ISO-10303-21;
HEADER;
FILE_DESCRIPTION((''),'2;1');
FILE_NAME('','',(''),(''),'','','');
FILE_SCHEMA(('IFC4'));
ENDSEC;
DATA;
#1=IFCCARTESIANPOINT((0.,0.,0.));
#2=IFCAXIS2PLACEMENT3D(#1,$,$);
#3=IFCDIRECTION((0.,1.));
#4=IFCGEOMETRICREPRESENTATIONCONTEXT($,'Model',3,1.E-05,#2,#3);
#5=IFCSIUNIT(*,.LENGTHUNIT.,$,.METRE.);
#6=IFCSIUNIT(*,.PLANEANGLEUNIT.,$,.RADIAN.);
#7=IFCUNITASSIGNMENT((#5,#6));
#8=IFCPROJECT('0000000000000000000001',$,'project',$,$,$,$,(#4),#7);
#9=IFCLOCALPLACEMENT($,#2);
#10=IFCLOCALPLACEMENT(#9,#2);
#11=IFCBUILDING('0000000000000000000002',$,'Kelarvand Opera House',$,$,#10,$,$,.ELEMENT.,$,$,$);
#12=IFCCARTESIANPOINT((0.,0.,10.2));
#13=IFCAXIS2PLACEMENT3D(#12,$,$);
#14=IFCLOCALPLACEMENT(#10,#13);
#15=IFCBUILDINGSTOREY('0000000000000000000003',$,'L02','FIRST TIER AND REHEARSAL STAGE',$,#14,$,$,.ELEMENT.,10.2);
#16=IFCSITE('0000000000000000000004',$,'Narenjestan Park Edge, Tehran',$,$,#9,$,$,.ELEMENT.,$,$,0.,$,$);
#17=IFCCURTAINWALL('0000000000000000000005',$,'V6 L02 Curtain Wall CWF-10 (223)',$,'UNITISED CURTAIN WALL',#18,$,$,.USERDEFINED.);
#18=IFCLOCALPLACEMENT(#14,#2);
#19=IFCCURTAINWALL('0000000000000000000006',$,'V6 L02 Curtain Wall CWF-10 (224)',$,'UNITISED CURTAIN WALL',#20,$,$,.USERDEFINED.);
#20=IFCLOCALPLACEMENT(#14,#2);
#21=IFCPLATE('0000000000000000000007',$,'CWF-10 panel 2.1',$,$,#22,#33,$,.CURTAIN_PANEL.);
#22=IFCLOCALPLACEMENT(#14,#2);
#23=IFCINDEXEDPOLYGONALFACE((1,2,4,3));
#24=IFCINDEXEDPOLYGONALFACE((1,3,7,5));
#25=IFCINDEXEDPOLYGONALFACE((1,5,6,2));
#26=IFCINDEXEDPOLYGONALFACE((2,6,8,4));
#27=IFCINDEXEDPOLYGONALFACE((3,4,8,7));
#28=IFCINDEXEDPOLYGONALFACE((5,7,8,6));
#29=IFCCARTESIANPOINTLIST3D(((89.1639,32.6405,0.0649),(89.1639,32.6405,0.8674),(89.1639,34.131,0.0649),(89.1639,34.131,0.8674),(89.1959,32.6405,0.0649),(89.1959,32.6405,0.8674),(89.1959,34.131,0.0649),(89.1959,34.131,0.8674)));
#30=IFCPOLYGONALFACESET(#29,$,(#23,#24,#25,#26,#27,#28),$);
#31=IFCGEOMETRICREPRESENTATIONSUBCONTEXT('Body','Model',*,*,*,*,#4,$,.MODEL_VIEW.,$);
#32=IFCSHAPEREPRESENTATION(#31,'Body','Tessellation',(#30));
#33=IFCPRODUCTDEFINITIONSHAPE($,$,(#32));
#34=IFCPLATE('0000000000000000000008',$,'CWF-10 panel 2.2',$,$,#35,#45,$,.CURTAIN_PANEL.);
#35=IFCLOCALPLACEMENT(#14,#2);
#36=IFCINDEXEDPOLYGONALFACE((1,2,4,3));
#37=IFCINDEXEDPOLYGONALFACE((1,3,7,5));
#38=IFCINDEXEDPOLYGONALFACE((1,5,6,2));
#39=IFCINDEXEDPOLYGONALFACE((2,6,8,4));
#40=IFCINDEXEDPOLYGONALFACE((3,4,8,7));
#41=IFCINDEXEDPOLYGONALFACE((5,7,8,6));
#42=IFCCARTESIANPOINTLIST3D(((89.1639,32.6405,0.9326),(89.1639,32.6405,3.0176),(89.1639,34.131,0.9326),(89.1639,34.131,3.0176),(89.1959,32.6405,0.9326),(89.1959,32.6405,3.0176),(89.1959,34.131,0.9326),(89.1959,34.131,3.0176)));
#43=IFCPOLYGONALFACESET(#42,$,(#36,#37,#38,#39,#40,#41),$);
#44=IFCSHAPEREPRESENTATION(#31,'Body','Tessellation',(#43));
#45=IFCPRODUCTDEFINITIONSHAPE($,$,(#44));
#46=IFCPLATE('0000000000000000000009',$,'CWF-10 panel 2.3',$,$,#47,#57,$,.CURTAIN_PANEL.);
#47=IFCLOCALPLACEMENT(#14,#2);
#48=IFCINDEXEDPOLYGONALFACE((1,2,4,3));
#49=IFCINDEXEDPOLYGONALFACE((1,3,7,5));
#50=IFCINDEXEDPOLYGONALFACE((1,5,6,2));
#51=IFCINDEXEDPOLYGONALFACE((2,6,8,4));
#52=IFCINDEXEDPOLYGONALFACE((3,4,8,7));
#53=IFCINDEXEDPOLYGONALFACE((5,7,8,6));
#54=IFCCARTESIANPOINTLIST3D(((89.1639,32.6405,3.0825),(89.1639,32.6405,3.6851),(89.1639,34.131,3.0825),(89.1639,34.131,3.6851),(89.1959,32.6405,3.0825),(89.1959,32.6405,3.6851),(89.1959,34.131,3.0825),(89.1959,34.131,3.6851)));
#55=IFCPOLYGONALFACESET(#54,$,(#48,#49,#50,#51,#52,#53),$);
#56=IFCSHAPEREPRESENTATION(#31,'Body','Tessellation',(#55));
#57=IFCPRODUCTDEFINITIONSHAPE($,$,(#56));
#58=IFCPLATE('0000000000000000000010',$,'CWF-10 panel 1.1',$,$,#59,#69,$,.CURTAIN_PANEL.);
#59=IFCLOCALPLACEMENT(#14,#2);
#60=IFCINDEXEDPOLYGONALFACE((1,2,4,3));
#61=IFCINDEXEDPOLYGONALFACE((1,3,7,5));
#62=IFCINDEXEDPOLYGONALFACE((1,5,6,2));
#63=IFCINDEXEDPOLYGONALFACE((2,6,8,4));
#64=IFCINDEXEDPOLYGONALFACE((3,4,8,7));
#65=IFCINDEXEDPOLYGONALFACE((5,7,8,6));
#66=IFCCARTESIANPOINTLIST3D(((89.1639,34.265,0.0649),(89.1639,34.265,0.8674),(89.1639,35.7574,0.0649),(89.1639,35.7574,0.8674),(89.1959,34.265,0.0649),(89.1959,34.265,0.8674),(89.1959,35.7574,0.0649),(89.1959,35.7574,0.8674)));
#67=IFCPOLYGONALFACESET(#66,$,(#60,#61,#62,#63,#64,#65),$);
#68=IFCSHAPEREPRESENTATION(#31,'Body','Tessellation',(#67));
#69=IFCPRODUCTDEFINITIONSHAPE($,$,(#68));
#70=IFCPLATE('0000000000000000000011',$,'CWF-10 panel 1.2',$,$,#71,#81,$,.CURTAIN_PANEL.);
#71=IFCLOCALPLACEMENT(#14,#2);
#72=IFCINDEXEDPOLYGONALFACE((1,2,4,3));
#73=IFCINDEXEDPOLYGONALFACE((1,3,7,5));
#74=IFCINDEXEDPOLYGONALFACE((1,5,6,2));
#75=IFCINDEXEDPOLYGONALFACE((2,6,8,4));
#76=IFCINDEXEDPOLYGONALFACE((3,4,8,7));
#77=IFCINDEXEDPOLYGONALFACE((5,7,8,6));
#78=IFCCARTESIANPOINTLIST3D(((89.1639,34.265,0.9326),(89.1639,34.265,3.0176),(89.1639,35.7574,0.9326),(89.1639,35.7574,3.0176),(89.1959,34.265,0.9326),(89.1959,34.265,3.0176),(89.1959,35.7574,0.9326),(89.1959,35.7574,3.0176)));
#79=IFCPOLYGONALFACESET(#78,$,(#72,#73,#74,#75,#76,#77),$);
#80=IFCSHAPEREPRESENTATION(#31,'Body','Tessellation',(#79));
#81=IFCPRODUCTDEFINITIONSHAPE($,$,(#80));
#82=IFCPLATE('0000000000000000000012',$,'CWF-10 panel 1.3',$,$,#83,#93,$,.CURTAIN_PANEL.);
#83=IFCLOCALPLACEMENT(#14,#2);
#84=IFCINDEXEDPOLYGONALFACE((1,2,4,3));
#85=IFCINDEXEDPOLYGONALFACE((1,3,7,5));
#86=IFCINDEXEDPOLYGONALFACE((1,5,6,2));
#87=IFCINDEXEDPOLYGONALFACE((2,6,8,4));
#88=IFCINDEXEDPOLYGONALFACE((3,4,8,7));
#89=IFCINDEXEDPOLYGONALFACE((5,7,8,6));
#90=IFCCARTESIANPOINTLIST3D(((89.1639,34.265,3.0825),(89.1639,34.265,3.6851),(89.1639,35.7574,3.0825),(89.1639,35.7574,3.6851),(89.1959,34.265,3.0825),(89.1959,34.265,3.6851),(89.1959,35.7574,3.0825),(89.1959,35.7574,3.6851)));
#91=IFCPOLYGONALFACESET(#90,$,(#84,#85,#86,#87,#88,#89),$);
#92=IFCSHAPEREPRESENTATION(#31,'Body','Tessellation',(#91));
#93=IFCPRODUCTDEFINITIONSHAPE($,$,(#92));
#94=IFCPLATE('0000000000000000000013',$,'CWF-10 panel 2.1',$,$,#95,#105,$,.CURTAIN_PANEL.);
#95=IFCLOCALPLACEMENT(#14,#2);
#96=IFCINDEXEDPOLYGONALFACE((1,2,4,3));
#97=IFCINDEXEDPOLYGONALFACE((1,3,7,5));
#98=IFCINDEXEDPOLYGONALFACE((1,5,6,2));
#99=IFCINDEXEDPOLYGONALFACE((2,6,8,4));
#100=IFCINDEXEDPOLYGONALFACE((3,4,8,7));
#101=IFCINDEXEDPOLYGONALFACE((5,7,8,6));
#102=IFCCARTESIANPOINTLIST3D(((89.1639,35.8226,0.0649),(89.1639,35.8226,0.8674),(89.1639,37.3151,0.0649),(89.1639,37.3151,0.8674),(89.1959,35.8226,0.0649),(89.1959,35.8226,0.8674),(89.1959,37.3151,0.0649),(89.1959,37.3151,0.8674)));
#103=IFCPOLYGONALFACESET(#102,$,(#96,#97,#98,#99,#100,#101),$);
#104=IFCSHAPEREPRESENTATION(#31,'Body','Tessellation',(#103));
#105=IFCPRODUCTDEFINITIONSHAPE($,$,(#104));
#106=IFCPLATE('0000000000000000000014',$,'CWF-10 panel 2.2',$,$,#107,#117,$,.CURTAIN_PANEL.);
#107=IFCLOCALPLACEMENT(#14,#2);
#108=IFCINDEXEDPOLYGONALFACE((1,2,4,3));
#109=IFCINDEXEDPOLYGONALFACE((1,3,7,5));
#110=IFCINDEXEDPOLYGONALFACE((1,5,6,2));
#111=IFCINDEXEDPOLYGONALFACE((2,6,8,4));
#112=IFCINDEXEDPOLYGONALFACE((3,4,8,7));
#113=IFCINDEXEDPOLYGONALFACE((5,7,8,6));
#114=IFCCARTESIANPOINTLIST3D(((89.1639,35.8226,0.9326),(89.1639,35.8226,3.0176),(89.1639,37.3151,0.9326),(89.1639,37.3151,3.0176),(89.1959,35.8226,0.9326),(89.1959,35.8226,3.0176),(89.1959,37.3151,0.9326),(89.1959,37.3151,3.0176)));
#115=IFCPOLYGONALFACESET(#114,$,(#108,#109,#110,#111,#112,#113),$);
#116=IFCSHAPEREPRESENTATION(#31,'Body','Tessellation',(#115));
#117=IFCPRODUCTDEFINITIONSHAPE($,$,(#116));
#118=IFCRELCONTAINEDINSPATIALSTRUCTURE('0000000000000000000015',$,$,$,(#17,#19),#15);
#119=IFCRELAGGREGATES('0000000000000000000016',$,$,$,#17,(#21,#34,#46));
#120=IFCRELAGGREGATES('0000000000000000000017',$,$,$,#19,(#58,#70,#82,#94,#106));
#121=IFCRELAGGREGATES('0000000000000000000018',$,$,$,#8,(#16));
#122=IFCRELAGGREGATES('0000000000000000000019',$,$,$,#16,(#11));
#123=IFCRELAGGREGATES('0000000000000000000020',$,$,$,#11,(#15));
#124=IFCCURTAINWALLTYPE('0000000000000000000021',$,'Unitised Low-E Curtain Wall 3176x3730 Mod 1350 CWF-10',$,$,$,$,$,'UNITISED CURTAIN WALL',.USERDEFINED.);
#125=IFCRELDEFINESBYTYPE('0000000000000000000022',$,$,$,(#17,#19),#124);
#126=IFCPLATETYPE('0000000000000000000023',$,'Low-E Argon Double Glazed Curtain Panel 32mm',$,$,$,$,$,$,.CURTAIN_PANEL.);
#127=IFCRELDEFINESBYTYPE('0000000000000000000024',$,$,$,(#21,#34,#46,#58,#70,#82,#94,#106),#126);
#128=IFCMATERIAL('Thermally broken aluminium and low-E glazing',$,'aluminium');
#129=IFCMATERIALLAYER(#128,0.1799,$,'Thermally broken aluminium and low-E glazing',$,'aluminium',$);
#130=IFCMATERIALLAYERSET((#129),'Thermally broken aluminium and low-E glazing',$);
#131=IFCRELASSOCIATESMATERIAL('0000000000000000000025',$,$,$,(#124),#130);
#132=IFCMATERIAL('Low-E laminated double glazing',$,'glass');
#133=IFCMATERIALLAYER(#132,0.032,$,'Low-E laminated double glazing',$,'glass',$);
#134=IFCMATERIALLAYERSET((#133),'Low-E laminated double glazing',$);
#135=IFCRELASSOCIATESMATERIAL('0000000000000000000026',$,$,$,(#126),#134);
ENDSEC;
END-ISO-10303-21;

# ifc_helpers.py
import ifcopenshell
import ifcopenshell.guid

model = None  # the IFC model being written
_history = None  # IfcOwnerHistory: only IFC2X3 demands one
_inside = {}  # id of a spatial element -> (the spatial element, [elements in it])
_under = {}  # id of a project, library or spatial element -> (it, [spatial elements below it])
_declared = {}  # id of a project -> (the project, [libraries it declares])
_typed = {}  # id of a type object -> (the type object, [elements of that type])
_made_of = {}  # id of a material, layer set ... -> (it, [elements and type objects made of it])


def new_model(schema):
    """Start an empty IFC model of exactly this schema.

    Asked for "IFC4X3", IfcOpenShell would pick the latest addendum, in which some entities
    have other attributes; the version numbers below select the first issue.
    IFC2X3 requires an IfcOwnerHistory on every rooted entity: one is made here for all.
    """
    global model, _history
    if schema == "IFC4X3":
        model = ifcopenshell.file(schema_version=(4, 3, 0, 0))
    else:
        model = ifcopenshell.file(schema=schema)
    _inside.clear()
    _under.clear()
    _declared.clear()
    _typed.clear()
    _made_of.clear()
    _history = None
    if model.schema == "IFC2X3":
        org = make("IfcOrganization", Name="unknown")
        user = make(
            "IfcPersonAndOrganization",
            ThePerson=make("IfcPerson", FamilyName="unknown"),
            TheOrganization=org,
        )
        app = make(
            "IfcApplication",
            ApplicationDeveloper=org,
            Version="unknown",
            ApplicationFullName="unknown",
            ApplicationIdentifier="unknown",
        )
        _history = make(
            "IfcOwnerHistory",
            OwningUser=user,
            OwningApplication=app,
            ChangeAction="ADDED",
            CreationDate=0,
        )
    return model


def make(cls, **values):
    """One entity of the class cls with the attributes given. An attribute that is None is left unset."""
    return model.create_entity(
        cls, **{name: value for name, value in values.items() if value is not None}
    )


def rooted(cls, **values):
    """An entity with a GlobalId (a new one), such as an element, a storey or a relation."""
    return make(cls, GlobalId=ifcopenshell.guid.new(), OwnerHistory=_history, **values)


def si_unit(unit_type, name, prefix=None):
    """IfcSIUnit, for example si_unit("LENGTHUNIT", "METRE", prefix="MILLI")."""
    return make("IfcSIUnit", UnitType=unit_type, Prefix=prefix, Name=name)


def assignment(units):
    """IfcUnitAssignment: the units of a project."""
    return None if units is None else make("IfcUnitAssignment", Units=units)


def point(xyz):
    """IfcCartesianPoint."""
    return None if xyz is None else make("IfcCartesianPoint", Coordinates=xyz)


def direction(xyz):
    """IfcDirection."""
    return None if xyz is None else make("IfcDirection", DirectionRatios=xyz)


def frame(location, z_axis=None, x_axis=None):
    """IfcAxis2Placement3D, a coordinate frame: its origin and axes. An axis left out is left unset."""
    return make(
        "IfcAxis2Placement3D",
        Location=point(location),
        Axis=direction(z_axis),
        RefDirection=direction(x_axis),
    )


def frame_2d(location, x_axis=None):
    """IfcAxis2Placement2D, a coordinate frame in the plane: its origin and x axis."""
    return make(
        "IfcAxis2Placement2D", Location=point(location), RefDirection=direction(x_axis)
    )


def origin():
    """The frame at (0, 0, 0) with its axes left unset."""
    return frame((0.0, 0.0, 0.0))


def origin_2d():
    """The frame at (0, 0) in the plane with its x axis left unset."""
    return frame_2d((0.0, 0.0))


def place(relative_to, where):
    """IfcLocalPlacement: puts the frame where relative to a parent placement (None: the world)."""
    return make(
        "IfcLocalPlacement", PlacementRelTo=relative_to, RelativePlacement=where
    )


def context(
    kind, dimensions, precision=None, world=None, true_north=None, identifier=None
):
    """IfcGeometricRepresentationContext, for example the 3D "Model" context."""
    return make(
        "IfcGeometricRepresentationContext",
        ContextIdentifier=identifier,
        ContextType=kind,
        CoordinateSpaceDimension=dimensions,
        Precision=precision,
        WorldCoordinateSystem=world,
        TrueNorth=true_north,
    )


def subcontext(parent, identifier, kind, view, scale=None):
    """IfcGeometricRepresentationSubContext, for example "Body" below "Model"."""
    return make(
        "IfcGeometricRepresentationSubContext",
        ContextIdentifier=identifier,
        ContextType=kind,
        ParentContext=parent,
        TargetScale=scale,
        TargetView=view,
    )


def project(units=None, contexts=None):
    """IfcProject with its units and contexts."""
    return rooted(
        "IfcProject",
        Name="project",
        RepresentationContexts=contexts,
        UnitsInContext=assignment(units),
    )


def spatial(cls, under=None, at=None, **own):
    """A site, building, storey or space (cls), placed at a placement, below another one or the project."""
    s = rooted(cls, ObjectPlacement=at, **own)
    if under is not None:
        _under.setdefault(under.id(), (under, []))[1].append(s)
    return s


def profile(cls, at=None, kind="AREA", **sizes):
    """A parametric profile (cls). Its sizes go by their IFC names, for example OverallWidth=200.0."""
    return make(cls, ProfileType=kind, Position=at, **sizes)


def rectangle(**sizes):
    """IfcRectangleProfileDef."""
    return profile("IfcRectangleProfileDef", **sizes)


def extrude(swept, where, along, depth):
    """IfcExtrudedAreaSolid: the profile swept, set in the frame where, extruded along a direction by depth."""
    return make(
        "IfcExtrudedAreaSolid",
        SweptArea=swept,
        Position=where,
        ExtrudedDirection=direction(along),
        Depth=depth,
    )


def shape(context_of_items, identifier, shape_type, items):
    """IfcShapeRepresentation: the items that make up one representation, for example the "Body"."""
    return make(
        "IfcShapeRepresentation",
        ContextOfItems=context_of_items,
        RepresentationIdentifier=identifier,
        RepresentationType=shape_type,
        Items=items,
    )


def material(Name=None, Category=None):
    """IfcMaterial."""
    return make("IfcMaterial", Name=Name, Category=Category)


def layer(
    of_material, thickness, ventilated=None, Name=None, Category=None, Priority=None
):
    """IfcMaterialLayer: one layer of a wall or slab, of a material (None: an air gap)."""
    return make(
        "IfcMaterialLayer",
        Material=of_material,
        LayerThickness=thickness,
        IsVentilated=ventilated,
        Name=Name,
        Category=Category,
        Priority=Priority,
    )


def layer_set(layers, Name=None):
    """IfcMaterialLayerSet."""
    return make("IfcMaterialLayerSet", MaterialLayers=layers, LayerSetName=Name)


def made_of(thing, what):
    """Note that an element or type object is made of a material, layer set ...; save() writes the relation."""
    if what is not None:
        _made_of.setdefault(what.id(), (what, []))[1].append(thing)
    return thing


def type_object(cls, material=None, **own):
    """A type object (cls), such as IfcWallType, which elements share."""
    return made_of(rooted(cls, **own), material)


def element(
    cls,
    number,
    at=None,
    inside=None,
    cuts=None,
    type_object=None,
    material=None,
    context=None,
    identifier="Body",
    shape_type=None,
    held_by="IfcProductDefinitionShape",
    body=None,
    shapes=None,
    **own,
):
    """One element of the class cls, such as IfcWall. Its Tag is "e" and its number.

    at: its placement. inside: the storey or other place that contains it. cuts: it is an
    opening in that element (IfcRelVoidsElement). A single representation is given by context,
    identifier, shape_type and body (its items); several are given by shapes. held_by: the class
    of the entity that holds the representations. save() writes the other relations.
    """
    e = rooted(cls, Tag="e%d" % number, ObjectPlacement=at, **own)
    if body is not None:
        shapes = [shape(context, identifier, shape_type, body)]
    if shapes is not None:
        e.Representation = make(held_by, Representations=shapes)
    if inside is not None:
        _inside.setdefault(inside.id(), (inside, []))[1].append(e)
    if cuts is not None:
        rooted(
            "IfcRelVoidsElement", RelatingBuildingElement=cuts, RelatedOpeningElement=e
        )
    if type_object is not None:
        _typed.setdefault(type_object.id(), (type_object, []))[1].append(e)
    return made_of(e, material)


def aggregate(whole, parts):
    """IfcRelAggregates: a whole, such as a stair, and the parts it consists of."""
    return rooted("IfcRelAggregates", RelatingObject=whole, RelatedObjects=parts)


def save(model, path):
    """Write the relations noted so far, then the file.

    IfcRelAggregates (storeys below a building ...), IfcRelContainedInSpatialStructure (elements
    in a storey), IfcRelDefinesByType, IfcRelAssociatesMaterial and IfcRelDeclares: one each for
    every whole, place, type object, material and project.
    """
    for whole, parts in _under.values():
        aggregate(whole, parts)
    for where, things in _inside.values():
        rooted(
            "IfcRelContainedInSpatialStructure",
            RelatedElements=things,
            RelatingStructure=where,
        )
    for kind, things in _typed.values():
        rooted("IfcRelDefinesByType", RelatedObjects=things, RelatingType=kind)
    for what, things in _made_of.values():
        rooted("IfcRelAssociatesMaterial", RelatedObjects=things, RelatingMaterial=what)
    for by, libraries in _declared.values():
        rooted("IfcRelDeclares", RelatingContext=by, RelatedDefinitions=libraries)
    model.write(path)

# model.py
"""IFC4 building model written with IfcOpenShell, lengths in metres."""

from ifc_helpers import new_model, si_unit, direction, frame, origin, origin_2d, place, context, subcontext, project, spatial, rectangle, extrude, material, layer, layer_set, type_object, element, aggregate, save


model = new_model("IFC4")

# Units and contexts
model_context = context("Model", 3, precision=1e-05, world=origin(), true_north=direction((0.0, 1.0)))
body_context = subcontext(model_context, "Body", "Model", "MODEL_VIEW")
ifc_project = project(units=[si_unit("LENGTHUNIT", "METRE"), si_unit("PLANEANGLEUNIT", "RADIAN")], contexts=[model_context])

# Site, building, storey
site_placement = place(None, origin())
site = spatial("IfcSite", under=ifc_project, at=site_placement, Name="Narenjestan Park Edge, Tehran", CompositionType="ELEMENT", RefElevation=0.0)
building_placement = place(site_placement, origin())
building = spatial("IfcBuilding", under=site, at=building_placement, Name="Kelarvand Opera House", CompositionType="ELEMENT")
storey_placement = place(building_placement, frame((0.0, 0.0, 10.2)))
storey = spatial("IfcBuildingStorey", under=building, at=storey_placement, Name="L02", Description="FIRST TIER AND REHEARSAL STAGE", CompositionType="ELEMENT", Elevation=10.2)

# Curtain wall
ifc_material_1 = material(Name="Thermally broken aluminium and low-E glazing", Category="aluminium")
ifc_layer_1 = layer(ifc_material_1, 0.1799, Name="Thermally broken aluminium and low-E glazing", Category="aluminium")
ifc_layer_set_1 = layer_set([ifc_layer_1], Name="Thermally broken aluminium and low-E glazing")
curtain_wall_type = type_object("IfcCurtainWallType", Name="Unitised Low-E Curtain Wall 3176x3730 Mod 1350 CWF-10", ElementType="UNITISED CURTAIN WALL", PredefinedType="USERDEFINED", material=ifc_layer_set_1)
curtain_wall_1_placement = place(storey_placement, origin())
curtain_wall_1 = element("IfcCurtainWall", 1, at=curtain_wall_1_placement, inside=storey, type_object=curtain_wall_type, Name="V6 L02 Curtain Wall CWF-10 (223)", ObjectType="UNITISED CURTAIN WALL", PredefinedType="USERDEFINED")

# Curtain wall
curtain_wall_2_placement = place(storey_placement, origin())
curtain_wall_2 = element("IfcCurtainWall", 2, at=curtain_wall_2_placement, inside=storey, type_object=curtain_wall_type, Name="V6 L02 Curtain Wall CWF-10 (224)", ObjectType="UNITISED CURTAIN WALL", PredefinedType="USERDEFINED")

# Plates
ifc_material_2 = material(Name="Low-E laminated double glazing", Category="glass")
ifc_layer_2 = layer(ifc_material_2, 0.032, Name="Low-E laminated double glazing", Category="glass")
ifc_layer_set_2 = layer_set([ifc_layer_2], Name="Low-E laminated double glazing")
plate_type = type_object("IfcPlateType", Name="Low-E Argon Double Glazed Curtain Panel 32mm", PredefinedType="CURTAIN_PANEL", material=ifc_layer_set_2)
plate_1_placement = place(storey_placement, frame((89.1799, 33.3857, 0.0649), z_axis=(0.0, 0.0, 1.0), x_axis=(0.0, 1.0, 0.0)))
plate_1 = element("IfcPlate", 3, at=plate_1_placement, type_object=plate_type, Name="CWF-10 panel 2.1", PredefinedType="CURTAIN_PANEL", context=body_context, shape_type="SweptSolid", body=[
    extrude(rectangle(XDim=1.4905, YDim=0.032, at=origin_2d()), origin(), (0.0, 0.0, 1.0), 0.8025),
])
plate_2_placement = place(storey_placement, frame((89.1799, 33.3857, 0.9326), z_axis=(0.0, 0.0, 1.0), x_axis=(0.0, 1.0, 0.0)))
plate_2 = element("IfcPlate", 4, at=plate_2_placement, type_object=plate_type, Name="CWF-10 panel 2.2", PredefinedType="CURTAIN_PANEL", context=body_context, shape_type="SweptSolid", body=[
    extrude(rectangle(XDim=1.4905, YDim=0.032, at=origin_2d()), origin(), (0.0, 0.0, 1.0), 2.085),
])
plate_3_placement = place(storey_placement, frame((89.1799, 33.3857, 3.0825), z_axis=(0.0, 0.0, 1.0), x_axis=(0.0, 1.0, 0.0)))
plate_3 = element("IfcPlate", 5, at=plate_3_placement, type_object=plate_type, Name="CWF-10 panel 2.3", PredefinedType="CURTAIN_PANEL", context=body_context, shape_type="SweptSolid", body=[
    extrude(rectangle(XDim=1.4905, YDim=0.032, at=origin_2d()), origin(), (0.0, 0.0, 1.0), 0.6025),
])
aggregate(curtain_wall_1, [plate_1, plate_2, plate_3])
plate_4_placement = place(storey_placement, frame((89.1799, 35.0112, 0.0649), z_axis=(0.0, 0.0, 1.0), x_axis=(0.0, 1.0, 0.0)))
plate_4 = element("IfcPlate", 6, at=plate_4_placement, type_object=plate_type, Name="CWF-10 panel 1.1", PredefinedType="CURTAIN_PANEL", context=body_context, shape_type="SweptSolid", body=[
    extrude(rectangle(XDim=1.4924, YDim=0.032, at=origin_2d()), origin(), (0.0, 0.0, 1.0), 0.8025),
])
plate_5_placement = place(storey_placement, frame((89.1799, 35.0112, 0.9326), z_axis=(0.0, 0.0, 1.0), x_axis=(0.0, 1.0, 0.0)))
plate_5 = element("IfcPlate", 7, at=plate_5_placement, type_object=plate_type, Name="CWF-10 panel 1.2", PredefinedType="CURTAIN_PANEL", context=body_context, shape_type="SweptSolid", body=[
    extrude(rectangle(XDim=1.4924, YDim=0.032, at=origin_2d()), origin(), (0.0, 0.0, 1.0), 2.085),
])
plate_6_placement = place(storey_placement, frame((89.1799, 35.0112, 3.0825), z_axis=(0.0, 0.0, 1.0), x_axis=(0.0, 1.0, 0.0)))
plate_6 = element("IfcPlate", 8, at=plate_6_placement, type_object=plate_type, Name="CWF-10 panel 1.3", PredefinedType="CURTAIN_PANEL", context=body_context, shape_type="SweptSolid", body=[
    extrude(rectangle(XDim=1.4924, YDim=0.032, at=origin_2d()), origin(), (0.0, 0.0, 1.0), 0.6025),
])
plate_7_placement = place(storey_placement, frame((89.1799, 36.5688, 0.0649), z_axis=(0.0, 0.0, 1.0), x_axis=(0.0, 1.0, 0.0)))
plate_7 = element("IfcPlate", 9, at=plate_7_placement, type_object=plate_type, Name="CWF-10 panel 2.1", PredefinedType="CURTAIN_PANEL", context=body_context, shape_type="SweptSolid", body=[
    extrude(rectangle(XDim=1.4924, YDim=0.032, at=origin_2d()), origin(), (0.0, 0.0, 1.0), 0.8025),
])
plate_8_placement = place(storey_placement, frame((89.1799, 36.5688, 0.9326), z_axis=(0.0, 0.0, 1.0), x_axis=(0.0, 1.0, 0.0)))
plate_8 = element("IfcPlate", 10, at=plate_8_placement, type_object=plate_type, Name="CWF-10 panel 2.2", PredefinedType="CURTAIN_PANEL", context=body_context, shape_type="SweptSolid", body=[
    extrude(rectangle(XDim=1.4924, YDim=0.032, at=origin_2d()), origin(), (0.0, 0.0, 1.0), 2.085),
])
aggregate(curtain_wall_2, [plate_4, plate_5, plate_6, plate_7, plate_8])

save(model, "model.ifc")
